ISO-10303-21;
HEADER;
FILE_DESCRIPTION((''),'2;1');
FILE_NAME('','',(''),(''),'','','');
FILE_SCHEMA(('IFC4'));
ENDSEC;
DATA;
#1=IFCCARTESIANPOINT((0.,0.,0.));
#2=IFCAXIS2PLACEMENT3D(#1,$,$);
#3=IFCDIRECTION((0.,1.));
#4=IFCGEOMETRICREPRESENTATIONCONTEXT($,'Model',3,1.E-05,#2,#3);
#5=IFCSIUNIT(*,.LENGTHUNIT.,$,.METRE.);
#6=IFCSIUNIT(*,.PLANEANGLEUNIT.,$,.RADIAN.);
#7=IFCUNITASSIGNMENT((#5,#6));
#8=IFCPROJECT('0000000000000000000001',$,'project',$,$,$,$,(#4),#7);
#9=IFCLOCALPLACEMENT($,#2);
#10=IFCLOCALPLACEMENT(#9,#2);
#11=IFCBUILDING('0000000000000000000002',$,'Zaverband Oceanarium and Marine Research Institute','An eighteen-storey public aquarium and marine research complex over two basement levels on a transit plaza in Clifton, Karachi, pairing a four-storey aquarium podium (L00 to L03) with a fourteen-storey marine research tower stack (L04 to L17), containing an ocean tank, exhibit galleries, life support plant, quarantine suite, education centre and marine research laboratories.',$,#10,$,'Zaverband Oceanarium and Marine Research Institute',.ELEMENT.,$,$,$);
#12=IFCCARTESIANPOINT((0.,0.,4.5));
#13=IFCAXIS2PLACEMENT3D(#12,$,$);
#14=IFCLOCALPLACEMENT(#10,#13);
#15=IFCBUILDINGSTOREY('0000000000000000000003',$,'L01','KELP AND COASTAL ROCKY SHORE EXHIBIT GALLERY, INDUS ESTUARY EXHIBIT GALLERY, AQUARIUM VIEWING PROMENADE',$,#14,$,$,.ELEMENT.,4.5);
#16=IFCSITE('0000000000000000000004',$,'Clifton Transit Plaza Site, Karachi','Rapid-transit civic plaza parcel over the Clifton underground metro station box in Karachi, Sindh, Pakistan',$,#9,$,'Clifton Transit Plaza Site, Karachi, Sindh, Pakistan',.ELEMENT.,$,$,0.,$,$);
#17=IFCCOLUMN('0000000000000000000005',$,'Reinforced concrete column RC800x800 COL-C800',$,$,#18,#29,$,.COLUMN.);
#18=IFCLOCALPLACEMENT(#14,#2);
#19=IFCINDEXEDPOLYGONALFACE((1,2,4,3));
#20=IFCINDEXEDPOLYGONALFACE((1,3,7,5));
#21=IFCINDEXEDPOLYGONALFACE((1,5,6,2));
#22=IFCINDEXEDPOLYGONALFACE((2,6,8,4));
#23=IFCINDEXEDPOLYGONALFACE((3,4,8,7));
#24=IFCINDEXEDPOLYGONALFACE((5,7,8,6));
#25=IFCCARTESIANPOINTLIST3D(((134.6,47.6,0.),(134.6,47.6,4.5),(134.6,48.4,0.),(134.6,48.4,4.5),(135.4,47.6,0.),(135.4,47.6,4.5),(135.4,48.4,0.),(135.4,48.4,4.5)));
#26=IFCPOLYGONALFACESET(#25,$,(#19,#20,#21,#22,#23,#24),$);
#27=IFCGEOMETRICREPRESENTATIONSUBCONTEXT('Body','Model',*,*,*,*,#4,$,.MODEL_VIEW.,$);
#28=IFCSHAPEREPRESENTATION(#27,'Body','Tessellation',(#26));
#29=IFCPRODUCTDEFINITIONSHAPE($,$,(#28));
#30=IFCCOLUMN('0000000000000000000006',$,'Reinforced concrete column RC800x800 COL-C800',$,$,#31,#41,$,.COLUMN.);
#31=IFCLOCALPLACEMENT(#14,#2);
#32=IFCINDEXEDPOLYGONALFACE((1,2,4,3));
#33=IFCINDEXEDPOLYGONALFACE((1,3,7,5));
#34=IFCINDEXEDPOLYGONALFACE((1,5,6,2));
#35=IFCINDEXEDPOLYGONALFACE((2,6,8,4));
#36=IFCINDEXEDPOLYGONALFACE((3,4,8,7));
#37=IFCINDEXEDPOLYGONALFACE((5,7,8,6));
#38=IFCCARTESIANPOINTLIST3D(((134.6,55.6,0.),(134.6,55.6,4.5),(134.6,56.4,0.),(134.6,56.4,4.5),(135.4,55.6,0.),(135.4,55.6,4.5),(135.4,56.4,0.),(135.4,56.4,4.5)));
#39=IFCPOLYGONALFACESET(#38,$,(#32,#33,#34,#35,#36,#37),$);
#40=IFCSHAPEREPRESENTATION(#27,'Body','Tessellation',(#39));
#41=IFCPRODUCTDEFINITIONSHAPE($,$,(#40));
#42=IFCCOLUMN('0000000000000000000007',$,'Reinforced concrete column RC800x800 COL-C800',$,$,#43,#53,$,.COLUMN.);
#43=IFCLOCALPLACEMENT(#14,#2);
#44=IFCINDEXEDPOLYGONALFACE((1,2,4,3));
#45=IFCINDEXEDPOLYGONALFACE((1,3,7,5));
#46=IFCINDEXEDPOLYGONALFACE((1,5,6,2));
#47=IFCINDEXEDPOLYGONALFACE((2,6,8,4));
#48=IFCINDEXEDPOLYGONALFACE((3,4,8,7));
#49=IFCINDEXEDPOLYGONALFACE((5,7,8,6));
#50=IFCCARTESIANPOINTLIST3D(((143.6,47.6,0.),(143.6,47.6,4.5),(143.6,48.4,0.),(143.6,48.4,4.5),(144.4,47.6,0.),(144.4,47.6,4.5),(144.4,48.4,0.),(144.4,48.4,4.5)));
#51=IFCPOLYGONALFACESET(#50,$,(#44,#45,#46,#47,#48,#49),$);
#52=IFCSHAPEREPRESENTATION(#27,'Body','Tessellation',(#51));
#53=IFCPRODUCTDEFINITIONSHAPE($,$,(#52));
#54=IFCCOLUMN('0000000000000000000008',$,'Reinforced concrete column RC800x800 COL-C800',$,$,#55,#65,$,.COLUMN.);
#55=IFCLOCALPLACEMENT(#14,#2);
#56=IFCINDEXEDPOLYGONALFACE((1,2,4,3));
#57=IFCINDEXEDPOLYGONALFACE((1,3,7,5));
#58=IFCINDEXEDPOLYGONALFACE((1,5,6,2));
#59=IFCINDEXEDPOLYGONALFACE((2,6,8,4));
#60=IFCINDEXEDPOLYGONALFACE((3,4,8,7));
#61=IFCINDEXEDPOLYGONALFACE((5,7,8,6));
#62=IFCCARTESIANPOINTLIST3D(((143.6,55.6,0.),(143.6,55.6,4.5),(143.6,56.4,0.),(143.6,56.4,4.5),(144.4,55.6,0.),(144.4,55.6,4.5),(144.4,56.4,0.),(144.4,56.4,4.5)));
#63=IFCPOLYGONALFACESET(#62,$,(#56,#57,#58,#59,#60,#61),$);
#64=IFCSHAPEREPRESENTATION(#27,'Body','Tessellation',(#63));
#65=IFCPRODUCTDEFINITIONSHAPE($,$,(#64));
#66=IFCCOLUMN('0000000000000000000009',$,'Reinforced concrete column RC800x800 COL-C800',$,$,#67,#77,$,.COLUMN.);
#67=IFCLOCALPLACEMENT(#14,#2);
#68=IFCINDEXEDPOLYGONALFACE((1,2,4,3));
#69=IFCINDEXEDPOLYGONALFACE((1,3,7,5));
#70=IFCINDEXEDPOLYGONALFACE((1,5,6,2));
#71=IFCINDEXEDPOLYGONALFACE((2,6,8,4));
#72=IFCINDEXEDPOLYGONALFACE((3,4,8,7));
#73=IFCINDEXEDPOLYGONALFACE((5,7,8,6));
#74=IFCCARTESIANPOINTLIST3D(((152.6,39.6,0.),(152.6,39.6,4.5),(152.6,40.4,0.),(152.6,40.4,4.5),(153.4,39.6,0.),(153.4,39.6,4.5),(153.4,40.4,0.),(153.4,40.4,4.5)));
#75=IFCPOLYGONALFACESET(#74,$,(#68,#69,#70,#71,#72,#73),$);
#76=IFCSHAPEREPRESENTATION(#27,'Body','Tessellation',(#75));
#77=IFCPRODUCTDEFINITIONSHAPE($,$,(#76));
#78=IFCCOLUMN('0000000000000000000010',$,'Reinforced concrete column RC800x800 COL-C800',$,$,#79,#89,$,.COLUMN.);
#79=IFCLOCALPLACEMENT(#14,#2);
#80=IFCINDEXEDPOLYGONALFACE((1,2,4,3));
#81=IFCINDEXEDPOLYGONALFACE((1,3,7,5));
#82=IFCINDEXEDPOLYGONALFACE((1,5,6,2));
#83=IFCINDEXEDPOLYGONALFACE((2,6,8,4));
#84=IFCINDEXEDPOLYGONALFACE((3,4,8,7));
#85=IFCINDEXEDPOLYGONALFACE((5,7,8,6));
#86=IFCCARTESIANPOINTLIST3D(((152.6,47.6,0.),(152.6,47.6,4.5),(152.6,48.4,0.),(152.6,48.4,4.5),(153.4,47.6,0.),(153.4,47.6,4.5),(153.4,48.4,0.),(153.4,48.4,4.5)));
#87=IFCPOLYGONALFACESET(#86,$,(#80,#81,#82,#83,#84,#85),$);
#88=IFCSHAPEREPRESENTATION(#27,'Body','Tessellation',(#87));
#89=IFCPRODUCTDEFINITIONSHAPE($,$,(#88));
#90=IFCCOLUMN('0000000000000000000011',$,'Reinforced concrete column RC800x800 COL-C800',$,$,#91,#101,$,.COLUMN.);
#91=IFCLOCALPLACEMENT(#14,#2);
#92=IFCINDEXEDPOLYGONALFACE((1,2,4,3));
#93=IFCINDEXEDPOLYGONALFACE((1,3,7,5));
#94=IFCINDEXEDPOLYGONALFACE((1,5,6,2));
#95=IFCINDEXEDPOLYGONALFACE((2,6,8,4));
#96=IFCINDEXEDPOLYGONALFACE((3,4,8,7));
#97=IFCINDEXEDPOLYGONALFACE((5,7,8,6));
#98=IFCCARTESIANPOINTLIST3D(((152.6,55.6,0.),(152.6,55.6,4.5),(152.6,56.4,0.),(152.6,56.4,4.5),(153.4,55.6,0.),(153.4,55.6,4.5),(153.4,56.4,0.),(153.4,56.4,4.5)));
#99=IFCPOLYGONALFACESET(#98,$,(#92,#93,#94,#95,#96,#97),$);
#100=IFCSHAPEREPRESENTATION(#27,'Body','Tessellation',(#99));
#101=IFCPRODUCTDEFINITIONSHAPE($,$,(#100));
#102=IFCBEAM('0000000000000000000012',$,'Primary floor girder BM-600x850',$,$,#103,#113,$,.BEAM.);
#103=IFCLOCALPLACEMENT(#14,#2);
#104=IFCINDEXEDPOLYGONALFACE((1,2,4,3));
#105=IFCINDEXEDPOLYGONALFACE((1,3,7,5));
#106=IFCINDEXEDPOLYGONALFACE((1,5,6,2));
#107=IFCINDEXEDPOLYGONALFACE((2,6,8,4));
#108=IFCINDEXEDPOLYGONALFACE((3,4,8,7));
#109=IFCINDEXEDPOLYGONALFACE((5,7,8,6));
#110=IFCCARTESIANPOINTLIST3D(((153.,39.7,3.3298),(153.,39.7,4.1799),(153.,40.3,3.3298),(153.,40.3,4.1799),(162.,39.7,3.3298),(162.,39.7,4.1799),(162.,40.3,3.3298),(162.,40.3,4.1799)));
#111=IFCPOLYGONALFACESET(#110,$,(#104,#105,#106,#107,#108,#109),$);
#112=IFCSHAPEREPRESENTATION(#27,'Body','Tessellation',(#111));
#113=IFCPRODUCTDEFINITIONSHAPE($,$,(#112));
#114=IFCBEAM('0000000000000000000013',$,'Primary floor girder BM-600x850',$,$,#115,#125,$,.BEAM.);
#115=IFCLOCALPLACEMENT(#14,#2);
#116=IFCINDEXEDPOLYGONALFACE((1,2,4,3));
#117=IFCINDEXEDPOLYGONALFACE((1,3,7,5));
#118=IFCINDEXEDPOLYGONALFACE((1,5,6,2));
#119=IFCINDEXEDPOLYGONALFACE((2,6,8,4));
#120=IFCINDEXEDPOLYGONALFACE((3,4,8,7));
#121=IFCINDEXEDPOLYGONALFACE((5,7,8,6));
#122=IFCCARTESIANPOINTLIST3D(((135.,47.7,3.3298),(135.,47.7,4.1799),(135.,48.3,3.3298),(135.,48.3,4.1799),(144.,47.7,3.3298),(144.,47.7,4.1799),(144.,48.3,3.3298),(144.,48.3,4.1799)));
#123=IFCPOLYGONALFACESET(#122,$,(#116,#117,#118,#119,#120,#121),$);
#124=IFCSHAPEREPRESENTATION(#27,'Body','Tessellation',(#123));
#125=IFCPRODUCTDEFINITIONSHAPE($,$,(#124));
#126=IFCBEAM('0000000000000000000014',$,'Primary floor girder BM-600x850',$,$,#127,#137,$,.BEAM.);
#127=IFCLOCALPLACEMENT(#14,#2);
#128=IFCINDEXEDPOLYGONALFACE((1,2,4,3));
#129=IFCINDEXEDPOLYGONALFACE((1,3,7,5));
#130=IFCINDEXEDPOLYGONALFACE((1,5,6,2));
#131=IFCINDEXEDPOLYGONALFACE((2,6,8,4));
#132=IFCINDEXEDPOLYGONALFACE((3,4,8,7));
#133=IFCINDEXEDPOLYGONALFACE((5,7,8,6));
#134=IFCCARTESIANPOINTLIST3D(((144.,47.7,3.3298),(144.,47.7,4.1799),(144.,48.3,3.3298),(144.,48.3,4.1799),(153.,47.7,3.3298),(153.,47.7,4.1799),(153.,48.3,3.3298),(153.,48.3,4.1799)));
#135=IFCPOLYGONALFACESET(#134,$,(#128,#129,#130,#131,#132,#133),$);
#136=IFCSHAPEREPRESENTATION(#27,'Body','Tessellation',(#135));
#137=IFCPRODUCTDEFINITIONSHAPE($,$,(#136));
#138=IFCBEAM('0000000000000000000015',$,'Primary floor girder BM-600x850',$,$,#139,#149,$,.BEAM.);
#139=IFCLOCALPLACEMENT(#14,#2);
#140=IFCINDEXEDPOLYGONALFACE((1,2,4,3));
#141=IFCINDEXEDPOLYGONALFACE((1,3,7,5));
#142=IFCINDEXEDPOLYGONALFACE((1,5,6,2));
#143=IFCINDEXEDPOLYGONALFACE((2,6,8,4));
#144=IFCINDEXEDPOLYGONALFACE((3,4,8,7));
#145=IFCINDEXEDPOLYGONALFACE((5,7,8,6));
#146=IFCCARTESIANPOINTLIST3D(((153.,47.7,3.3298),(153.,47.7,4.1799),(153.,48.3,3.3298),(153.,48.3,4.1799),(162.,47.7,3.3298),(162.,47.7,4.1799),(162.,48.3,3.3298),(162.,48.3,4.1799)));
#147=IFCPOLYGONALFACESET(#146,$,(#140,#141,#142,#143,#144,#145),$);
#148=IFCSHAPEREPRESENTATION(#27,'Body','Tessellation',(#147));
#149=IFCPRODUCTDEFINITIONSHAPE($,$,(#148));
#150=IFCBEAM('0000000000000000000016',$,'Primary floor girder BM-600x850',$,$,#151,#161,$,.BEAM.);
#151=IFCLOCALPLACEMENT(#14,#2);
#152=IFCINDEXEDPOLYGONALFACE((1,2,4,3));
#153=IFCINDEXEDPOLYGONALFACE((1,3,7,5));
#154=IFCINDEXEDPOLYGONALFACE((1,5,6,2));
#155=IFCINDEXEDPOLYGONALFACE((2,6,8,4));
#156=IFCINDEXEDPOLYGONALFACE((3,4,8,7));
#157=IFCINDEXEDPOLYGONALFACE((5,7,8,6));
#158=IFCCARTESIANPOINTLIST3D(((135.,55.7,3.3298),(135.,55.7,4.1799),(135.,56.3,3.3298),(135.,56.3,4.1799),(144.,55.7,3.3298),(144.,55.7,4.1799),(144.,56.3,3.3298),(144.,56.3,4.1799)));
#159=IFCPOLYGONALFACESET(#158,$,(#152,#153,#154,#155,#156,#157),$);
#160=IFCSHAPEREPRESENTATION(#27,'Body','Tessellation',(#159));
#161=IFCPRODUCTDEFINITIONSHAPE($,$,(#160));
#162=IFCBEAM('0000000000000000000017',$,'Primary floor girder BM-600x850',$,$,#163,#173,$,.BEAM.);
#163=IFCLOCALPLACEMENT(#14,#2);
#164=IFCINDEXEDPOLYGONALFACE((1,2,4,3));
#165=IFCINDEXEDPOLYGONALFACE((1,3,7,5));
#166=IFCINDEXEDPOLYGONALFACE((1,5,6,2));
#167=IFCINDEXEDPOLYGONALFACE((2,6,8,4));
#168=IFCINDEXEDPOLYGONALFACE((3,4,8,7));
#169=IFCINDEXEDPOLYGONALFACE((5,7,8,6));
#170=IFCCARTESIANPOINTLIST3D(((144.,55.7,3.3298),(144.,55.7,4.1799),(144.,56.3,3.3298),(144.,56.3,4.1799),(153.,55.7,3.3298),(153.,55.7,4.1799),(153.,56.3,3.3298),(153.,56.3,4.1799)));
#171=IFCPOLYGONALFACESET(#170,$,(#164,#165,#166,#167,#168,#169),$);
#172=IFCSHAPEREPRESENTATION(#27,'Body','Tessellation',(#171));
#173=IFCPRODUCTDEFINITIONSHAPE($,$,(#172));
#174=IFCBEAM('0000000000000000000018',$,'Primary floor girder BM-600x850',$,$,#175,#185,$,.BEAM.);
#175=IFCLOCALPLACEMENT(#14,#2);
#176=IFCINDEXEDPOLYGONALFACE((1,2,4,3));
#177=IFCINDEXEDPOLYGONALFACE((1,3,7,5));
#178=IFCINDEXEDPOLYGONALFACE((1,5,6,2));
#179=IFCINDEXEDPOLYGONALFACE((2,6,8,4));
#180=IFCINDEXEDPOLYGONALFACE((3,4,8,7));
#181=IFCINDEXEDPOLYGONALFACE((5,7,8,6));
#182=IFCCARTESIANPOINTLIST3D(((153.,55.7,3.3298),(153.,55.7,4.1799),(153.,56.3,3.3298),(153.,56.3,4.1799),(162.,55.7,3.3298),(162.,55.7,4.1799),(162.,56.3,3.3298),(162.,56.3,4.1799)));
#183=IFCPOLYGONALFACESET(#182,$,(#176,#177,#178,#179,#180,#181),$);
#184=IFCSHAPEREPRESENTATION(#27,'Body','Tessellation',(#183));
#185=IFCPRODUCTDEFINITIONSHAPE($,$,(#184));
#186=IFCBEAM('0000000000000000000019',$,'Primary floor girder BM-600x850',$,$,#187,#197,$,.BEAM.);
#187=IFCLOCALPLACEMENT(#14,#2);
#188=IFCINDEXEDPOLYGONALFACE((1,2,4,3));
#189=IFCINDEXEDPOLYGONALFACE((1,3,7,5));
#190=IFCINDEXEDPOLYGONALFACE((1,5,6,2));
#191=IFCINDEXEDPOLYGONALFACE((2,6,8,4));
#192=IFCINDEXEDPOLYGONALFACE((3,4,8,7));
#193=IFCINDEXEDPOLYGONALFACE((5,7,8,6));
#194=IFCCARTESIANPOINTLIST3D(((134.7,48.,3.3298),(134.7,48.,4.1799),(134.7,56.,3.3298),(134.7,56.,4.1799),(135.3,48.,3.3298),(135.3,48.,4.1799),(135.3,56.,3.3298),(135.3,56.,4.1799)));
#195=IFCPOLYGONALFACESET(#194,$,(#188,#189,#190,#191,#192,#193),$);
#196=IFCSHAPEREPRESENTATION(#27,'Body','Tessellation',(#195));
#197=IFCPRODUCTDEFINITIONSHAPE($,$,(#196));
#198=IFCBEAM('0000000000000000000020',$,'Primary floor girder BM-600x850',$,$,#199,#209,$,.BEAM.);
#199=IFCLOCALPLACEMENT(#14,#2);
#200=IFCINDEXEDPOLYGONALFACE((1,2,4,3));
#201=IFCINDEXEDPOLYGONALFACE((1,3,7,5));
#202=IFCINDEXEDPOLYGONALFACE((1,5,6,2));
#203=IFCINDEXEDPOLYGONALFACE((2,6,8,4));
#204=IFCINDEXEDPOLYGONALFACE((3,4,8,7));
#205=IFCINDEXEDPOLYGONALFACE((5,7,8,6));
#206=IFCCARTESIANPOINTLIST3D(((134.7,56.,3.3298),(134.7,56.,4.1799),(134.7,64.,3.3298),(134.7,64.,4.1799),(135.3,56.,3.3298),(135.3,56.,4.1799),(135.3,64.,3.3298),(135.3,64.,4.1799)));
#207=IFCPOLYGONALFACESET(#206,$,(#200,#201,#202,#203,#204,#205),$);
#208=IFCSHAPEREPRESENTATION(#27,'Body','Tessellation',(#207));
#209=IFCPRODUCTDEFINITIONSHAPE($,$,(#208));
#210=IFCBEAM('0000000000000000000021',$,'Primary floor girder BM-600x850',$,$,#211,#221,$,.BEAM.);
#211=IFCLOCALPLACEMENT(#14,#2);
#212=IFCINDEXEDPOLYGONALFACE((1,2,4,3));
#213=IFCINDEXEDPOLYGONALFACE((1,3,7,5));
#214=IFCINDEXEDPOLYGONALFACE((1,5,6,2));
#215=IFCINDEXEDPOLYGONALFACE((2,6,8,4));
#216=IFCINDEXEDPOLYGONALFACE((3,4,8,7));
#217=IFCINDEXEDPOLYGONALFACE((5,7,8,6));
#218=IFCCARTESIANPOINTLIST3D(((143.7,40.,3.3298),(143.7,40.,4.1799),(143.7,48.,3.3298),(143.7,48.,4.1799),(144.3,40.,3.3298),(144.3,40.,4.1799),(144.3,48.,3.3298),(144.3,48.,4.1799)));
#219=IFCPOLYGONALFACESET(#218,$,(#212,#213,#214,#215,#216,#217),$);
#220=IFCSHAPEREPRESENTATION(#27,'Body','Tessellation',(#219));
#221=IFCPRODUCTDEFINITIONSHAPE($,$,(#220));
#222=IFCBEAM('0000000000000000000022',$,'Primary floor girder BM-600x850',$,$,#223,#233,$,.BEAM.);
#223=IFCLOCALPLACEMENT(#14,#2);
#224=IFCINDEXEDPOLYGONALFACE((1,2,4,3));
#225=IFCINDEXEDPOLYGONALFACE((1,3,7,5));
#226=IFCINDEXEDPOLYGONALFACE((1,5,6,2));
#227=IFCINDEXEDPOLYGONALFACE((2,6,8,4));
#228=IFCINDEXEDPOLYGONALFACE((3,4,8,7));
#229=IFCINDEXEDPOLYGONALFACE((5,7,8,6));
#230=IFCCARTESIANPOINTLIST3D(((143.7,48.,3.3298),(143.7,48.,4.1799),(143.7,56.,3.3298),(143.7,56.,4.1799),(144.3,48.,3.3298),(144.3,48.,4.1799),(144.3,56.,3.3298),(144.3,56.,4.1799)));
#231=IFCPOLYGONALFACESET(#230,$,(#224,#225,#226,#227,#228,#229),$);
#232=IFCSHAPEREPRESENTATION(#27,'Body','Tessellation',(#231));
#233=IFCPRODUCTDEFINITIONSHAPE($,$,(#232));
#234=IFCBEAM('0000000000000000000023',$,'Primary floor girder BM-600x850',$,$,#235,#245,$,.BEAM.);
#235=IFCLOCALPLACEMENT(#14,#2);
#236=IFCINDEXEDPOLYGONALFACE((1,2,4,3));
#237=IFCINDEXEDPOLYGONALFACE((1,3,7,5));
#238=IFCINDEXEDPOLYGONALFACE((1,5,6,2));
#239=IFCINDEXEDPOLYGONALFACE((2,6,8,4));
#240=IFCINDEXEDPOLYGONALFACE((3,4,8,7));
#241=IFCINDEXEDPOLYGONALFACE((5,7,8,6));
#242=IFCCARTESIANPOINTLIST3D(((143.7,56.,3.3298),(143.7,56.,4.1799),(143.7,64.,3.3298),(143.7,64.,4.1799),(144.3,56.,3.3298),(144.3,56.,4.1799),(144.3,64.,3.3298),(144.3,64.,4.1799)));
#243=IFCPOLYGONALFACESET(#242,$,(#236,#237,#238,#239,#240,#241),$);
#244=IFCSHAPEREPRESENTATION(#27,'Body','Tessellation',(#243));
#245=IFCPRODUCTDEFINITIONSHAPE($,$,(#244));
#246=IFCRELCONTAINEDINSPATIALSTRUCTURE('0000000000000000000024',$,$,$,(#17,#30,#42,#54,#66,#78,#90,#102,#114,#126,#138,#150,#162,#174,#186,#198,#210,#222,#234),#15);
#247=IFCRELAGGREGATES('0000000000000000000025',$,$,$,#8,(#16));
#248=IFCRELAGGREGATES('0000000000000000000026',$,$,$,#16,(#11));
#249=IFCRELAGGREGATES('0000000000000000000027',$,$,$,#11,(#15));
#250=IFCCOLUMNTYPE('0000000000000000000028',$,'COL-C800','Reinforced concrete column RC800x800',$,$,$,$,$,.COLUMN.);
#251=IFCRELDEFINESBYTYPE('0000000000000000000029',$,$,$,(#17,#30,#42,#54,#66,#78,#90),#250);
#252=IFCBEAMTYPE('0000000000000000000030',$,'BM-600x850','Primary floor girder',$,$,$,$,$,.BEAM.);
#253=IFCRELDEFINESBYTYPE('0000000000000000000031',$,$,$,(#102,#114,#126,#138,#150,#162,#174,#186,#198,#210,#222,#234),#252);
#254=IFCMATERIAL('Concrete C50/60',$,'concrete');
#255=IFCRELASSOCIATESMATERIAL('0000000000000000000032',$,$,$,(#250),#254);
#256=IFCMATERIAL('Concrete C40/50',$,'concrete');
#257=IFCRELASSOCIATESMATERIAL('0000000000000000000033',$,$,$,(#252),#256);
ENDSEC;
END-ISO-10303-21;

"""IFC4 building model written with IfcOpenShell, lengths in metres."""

from ifc_helpers import new_model, si_unit, direction, frame, origin, origin_2d, place, context, subcontext, project, spatial, rectangle, extrude, material, material_profile, profile_set, type_object, element, save


model = new_model("IFC4")

# Units and contexts
model_context = context("Model", 3, precision=1e-05, world=origin(), true_north=direction((0.0, 1.0)))
body_context = subcontext(model_context, "Body", "Model", "MODEL_VIEW")
ifc_project = project(units=[si_unit("LENGTHUNIT", "METRE"), si_unit("PLANEANGLEUNIT", "RADIAN")], contexts=[model_context])

# Site, building, storey
site_placement = place(None, origin())
site = spatial("IfcSite", under=ifc_project, at=site_placement, Name="Clifton Transit Plaza Site, Karachi", Description="Rapid-transit civic plaza parcel over the Clifton underground metro station box in Karachi, Sindh, Pakistan", LongName="Clifton Transit Plaza Site, Karachi, Sindh, Pakistan", CompositionType="ELEMENT", RefElevation=0.0)
building_placement = place(site_placement, origin())
building = spatial("IfcBuilding", under=site, at=building_placement, Name="Zaverband Oceanarium and Marine Research Institute", Description="An eighteen-storey public aquarium and marine research complex over two basement levels on a transit plaza in Clifton, Karachi, pairing a four-storey aquarium podium (L00 to L03) with a fourteen-storey marine research tower stack (L04 to L17), containing an ocean tank, exhibit galleries, life support plant, quarantine suite, education centre and marine research laboratories.", LongName="Zaverband Oceanarium and Marine Research Institute", CompositionType="ELEMENT")
storey_placement = place(building_placement, frame((0.0, 0.0, 4.5)))
storey = spatial("IfcBuildingStorey", under=building, at=storey_placement, Name="L01", Description="KELP AND COASTAL ROCKY SHORE EXHIBIT GALLERY, INDUS ESTUARY EXHIBIT GALLERY, AQUARIUM VIEWING PROMENADE", CompositionType="ELEMENT", Elevation=4.5)

# Columns
ifc_material_1 = material(Name="Concrete C50/60", Category="concrete")
ifc_material_profile_1 = material_profile(ifc_material_1, rectangle(XDim=0.8, YDim=0.8, at=origin_2d()), Name="RC800x800")
ifc_profile_set_1 = profile_set([ifc_material_profile_1], Name="Concrete C50/60")
column_type = type_object("IfcColumnType", Name="COL-C800", Description="Reinforced concrete column RC800x800", PredefinedType="COLUMN", material=ifc_profile_set_1)
for number, where, z_axis, x_axis, name in (
    (1, (135.0, 48.0, 0.0), (0.0, 0.0, 1.0), (1.0, 0.0, 0.0), "Reinforced concrete column RC800x800 COL-C800"),
    (2, (135.0, 56.0, 0.0), (0.0, 0.0, 1.0), (1.0, 0.0, 0.0), "Reinforced concrete column RC800x800 COL-C800"),
    (3, (144.0, 48.0, 0.0), (0.0, 0.0, 1.0), (1.0, 0.0, 0.0), "Reinforced concrete column RC800x800 COL-C800"),
    (4, (144.0, 56.0, 0.0), (0.0, 0.0, 1.0), (1.0, 0.0, 0.0), "Reinforced concrete column RC800x800 COL-C800"),
    (5, (153.0, 40.0, 0.0), (0.0, 0.0, 1.0), (1.0, 0.0, 0.0), "Reinforced concrete column RC800x800 COL-C800"),
    (6, (153.0, 48.0, 0.0), (0.0, 0.0, 1.0), (1.0, 0.0, 0.0), "Reinforced concrete column RC800x800 COL-C800"),
    (7, (153.0, 56.0, 0.0), (0.0, 0.0, 1.0), (1.0, 0.0, 0.0), "Reinforced concrete column RC800x800 COL-C800"),
):
    element("IfcColumn", number, at=place(storey_placement, frame(where, z_axis=z_axis, x_axis=x_axis)), inside=storey, type_object=column_type, Name=name, PredefinedType="COLUMN", context=body_context, shape_type="SweptSolid", body=[
        extrude(rectangle(XDim=0.8, YDim=0.8, at=origin_2d()), origin(), (0.0, 0.0, 1.0), 4.5),
    ])

# Beams
ifc_material_2 = material(Name="Concrete C40/50", Category="concrete")
ifc_material_profile_2 = material_profile(ifc_material_2, rectangle(XDim=0.6001, YDim=0.8501, at=origin_2d()), Name="RC600x850")
ifc_profile_set_2 = profile_set([ifc_material_profile_2], Name="Concrete C40/50")
beam_type_1 = type_object("IfcBeamType", Name="BM-600x850", Description="Primary floor girder", PredefinedType="BEAM", material=ifc_profile_set_2)
for number, where, z_axis, x_axis, name in (
    (8, (153.0, 40.0, 3.7549), (1.0, 0.0, 0.0), (0.0, 1.0, 0.0), "Primary floor girder BM-600x850"),
    (9, (135.0, 48.0, 3.7549), (1.0, 0.0, 0.0), (0.0, 1.0, 0.0), "Primary floor girder BM-600x850"),
    (10, (144.0, 48.0, 3.7549), (1.0, 0.0, 0.0), (0.0, 1.0, 0.0), "Primary floor girder BM-600x850"),
    (11, (153.0, 48.0, 3.7549), (1.0, 0.0, 0.0), (0.0, 1.0, 0.0), "Primary floor girder BM-600x850"),
    (12, (135.0, 56.0, 3.7549), (1.0, 0.0, 0.0), (0.0, 1.0, 0.0), "Primary floor girder BM-600x850"),
    (13, (144.0, 56.0, 3.7549), (1.0, 0.0, 0.0), (0.0, 1.0, 0.0), "Primary floor girder BM-600x850"),
    (14, (153.0, 56.0, 3.7549), (1.0, 0.0, 0.0), (0.0, 1.0, 0.0), "Primary floor girder BM-600x850"),
):
    element("IfcBeam", number, at=place(storey_placement, frame(where, z_axis=z_axis, x_axis=x_axis)), inside=storey, type_object=beam_type_1, Name=name, PredefinedType="BEAM", context=body_context, shape_type="SweptSolid", body=[
        extrude(rectangle(XDim=0.6001, YDim=0.8501, at=origin_2d()), origin(), (0.0, 0.0, 1.0), 9.0),
    ])
for number, where, z_axis, x_axis, name in (
    (15, (135.0, 48.0, 3.7549), (0.0, 1.0, 0.0), (-1.0, 0.0, 0.0), "Primary floor girder BM-600x850"),
    (16, (135.0, 56.0, 3.7549), (0.0, 1.0, 0.0), (-1.0, 0.0, 0.0), "Primary floor girder BM-600x850"),
    (17, (144.0, 40.0, 3.7549), (0.0, 1.0, 0.0), (-1.0, 0.0, 0.0), "Primary floor girder BM-600x850"),
    (18, (144.0, 48.0, 3.7549), (0.0, 1.0, 0.0), (-1.0, 0.0, 0.0), "Primary floor girder BM-600x850"),
    (19, (144.0, 56.0, 3.7549), (0.0, 1.0, 0.0), (-1.0, 0.0, 0.0), "Primary floor girder BM-600x850"),
):
    element("IfcBeam", number, at=place(storey_placement, frame(where, z_axis=z_axis, x_axis=x_axis)), inside=storey, type_object=beam_type_1, Name=name, PredefinedType="BEAM", context=body_context, shape_type="SweptSolid", body=[
        extrude(rectangle(XDim=0.6001, YDim=0.8501, at=origin_2d()), origin(), (0.0, 0.0, 1.0), 8.0),
    ])

save(model, "model.ifc")
